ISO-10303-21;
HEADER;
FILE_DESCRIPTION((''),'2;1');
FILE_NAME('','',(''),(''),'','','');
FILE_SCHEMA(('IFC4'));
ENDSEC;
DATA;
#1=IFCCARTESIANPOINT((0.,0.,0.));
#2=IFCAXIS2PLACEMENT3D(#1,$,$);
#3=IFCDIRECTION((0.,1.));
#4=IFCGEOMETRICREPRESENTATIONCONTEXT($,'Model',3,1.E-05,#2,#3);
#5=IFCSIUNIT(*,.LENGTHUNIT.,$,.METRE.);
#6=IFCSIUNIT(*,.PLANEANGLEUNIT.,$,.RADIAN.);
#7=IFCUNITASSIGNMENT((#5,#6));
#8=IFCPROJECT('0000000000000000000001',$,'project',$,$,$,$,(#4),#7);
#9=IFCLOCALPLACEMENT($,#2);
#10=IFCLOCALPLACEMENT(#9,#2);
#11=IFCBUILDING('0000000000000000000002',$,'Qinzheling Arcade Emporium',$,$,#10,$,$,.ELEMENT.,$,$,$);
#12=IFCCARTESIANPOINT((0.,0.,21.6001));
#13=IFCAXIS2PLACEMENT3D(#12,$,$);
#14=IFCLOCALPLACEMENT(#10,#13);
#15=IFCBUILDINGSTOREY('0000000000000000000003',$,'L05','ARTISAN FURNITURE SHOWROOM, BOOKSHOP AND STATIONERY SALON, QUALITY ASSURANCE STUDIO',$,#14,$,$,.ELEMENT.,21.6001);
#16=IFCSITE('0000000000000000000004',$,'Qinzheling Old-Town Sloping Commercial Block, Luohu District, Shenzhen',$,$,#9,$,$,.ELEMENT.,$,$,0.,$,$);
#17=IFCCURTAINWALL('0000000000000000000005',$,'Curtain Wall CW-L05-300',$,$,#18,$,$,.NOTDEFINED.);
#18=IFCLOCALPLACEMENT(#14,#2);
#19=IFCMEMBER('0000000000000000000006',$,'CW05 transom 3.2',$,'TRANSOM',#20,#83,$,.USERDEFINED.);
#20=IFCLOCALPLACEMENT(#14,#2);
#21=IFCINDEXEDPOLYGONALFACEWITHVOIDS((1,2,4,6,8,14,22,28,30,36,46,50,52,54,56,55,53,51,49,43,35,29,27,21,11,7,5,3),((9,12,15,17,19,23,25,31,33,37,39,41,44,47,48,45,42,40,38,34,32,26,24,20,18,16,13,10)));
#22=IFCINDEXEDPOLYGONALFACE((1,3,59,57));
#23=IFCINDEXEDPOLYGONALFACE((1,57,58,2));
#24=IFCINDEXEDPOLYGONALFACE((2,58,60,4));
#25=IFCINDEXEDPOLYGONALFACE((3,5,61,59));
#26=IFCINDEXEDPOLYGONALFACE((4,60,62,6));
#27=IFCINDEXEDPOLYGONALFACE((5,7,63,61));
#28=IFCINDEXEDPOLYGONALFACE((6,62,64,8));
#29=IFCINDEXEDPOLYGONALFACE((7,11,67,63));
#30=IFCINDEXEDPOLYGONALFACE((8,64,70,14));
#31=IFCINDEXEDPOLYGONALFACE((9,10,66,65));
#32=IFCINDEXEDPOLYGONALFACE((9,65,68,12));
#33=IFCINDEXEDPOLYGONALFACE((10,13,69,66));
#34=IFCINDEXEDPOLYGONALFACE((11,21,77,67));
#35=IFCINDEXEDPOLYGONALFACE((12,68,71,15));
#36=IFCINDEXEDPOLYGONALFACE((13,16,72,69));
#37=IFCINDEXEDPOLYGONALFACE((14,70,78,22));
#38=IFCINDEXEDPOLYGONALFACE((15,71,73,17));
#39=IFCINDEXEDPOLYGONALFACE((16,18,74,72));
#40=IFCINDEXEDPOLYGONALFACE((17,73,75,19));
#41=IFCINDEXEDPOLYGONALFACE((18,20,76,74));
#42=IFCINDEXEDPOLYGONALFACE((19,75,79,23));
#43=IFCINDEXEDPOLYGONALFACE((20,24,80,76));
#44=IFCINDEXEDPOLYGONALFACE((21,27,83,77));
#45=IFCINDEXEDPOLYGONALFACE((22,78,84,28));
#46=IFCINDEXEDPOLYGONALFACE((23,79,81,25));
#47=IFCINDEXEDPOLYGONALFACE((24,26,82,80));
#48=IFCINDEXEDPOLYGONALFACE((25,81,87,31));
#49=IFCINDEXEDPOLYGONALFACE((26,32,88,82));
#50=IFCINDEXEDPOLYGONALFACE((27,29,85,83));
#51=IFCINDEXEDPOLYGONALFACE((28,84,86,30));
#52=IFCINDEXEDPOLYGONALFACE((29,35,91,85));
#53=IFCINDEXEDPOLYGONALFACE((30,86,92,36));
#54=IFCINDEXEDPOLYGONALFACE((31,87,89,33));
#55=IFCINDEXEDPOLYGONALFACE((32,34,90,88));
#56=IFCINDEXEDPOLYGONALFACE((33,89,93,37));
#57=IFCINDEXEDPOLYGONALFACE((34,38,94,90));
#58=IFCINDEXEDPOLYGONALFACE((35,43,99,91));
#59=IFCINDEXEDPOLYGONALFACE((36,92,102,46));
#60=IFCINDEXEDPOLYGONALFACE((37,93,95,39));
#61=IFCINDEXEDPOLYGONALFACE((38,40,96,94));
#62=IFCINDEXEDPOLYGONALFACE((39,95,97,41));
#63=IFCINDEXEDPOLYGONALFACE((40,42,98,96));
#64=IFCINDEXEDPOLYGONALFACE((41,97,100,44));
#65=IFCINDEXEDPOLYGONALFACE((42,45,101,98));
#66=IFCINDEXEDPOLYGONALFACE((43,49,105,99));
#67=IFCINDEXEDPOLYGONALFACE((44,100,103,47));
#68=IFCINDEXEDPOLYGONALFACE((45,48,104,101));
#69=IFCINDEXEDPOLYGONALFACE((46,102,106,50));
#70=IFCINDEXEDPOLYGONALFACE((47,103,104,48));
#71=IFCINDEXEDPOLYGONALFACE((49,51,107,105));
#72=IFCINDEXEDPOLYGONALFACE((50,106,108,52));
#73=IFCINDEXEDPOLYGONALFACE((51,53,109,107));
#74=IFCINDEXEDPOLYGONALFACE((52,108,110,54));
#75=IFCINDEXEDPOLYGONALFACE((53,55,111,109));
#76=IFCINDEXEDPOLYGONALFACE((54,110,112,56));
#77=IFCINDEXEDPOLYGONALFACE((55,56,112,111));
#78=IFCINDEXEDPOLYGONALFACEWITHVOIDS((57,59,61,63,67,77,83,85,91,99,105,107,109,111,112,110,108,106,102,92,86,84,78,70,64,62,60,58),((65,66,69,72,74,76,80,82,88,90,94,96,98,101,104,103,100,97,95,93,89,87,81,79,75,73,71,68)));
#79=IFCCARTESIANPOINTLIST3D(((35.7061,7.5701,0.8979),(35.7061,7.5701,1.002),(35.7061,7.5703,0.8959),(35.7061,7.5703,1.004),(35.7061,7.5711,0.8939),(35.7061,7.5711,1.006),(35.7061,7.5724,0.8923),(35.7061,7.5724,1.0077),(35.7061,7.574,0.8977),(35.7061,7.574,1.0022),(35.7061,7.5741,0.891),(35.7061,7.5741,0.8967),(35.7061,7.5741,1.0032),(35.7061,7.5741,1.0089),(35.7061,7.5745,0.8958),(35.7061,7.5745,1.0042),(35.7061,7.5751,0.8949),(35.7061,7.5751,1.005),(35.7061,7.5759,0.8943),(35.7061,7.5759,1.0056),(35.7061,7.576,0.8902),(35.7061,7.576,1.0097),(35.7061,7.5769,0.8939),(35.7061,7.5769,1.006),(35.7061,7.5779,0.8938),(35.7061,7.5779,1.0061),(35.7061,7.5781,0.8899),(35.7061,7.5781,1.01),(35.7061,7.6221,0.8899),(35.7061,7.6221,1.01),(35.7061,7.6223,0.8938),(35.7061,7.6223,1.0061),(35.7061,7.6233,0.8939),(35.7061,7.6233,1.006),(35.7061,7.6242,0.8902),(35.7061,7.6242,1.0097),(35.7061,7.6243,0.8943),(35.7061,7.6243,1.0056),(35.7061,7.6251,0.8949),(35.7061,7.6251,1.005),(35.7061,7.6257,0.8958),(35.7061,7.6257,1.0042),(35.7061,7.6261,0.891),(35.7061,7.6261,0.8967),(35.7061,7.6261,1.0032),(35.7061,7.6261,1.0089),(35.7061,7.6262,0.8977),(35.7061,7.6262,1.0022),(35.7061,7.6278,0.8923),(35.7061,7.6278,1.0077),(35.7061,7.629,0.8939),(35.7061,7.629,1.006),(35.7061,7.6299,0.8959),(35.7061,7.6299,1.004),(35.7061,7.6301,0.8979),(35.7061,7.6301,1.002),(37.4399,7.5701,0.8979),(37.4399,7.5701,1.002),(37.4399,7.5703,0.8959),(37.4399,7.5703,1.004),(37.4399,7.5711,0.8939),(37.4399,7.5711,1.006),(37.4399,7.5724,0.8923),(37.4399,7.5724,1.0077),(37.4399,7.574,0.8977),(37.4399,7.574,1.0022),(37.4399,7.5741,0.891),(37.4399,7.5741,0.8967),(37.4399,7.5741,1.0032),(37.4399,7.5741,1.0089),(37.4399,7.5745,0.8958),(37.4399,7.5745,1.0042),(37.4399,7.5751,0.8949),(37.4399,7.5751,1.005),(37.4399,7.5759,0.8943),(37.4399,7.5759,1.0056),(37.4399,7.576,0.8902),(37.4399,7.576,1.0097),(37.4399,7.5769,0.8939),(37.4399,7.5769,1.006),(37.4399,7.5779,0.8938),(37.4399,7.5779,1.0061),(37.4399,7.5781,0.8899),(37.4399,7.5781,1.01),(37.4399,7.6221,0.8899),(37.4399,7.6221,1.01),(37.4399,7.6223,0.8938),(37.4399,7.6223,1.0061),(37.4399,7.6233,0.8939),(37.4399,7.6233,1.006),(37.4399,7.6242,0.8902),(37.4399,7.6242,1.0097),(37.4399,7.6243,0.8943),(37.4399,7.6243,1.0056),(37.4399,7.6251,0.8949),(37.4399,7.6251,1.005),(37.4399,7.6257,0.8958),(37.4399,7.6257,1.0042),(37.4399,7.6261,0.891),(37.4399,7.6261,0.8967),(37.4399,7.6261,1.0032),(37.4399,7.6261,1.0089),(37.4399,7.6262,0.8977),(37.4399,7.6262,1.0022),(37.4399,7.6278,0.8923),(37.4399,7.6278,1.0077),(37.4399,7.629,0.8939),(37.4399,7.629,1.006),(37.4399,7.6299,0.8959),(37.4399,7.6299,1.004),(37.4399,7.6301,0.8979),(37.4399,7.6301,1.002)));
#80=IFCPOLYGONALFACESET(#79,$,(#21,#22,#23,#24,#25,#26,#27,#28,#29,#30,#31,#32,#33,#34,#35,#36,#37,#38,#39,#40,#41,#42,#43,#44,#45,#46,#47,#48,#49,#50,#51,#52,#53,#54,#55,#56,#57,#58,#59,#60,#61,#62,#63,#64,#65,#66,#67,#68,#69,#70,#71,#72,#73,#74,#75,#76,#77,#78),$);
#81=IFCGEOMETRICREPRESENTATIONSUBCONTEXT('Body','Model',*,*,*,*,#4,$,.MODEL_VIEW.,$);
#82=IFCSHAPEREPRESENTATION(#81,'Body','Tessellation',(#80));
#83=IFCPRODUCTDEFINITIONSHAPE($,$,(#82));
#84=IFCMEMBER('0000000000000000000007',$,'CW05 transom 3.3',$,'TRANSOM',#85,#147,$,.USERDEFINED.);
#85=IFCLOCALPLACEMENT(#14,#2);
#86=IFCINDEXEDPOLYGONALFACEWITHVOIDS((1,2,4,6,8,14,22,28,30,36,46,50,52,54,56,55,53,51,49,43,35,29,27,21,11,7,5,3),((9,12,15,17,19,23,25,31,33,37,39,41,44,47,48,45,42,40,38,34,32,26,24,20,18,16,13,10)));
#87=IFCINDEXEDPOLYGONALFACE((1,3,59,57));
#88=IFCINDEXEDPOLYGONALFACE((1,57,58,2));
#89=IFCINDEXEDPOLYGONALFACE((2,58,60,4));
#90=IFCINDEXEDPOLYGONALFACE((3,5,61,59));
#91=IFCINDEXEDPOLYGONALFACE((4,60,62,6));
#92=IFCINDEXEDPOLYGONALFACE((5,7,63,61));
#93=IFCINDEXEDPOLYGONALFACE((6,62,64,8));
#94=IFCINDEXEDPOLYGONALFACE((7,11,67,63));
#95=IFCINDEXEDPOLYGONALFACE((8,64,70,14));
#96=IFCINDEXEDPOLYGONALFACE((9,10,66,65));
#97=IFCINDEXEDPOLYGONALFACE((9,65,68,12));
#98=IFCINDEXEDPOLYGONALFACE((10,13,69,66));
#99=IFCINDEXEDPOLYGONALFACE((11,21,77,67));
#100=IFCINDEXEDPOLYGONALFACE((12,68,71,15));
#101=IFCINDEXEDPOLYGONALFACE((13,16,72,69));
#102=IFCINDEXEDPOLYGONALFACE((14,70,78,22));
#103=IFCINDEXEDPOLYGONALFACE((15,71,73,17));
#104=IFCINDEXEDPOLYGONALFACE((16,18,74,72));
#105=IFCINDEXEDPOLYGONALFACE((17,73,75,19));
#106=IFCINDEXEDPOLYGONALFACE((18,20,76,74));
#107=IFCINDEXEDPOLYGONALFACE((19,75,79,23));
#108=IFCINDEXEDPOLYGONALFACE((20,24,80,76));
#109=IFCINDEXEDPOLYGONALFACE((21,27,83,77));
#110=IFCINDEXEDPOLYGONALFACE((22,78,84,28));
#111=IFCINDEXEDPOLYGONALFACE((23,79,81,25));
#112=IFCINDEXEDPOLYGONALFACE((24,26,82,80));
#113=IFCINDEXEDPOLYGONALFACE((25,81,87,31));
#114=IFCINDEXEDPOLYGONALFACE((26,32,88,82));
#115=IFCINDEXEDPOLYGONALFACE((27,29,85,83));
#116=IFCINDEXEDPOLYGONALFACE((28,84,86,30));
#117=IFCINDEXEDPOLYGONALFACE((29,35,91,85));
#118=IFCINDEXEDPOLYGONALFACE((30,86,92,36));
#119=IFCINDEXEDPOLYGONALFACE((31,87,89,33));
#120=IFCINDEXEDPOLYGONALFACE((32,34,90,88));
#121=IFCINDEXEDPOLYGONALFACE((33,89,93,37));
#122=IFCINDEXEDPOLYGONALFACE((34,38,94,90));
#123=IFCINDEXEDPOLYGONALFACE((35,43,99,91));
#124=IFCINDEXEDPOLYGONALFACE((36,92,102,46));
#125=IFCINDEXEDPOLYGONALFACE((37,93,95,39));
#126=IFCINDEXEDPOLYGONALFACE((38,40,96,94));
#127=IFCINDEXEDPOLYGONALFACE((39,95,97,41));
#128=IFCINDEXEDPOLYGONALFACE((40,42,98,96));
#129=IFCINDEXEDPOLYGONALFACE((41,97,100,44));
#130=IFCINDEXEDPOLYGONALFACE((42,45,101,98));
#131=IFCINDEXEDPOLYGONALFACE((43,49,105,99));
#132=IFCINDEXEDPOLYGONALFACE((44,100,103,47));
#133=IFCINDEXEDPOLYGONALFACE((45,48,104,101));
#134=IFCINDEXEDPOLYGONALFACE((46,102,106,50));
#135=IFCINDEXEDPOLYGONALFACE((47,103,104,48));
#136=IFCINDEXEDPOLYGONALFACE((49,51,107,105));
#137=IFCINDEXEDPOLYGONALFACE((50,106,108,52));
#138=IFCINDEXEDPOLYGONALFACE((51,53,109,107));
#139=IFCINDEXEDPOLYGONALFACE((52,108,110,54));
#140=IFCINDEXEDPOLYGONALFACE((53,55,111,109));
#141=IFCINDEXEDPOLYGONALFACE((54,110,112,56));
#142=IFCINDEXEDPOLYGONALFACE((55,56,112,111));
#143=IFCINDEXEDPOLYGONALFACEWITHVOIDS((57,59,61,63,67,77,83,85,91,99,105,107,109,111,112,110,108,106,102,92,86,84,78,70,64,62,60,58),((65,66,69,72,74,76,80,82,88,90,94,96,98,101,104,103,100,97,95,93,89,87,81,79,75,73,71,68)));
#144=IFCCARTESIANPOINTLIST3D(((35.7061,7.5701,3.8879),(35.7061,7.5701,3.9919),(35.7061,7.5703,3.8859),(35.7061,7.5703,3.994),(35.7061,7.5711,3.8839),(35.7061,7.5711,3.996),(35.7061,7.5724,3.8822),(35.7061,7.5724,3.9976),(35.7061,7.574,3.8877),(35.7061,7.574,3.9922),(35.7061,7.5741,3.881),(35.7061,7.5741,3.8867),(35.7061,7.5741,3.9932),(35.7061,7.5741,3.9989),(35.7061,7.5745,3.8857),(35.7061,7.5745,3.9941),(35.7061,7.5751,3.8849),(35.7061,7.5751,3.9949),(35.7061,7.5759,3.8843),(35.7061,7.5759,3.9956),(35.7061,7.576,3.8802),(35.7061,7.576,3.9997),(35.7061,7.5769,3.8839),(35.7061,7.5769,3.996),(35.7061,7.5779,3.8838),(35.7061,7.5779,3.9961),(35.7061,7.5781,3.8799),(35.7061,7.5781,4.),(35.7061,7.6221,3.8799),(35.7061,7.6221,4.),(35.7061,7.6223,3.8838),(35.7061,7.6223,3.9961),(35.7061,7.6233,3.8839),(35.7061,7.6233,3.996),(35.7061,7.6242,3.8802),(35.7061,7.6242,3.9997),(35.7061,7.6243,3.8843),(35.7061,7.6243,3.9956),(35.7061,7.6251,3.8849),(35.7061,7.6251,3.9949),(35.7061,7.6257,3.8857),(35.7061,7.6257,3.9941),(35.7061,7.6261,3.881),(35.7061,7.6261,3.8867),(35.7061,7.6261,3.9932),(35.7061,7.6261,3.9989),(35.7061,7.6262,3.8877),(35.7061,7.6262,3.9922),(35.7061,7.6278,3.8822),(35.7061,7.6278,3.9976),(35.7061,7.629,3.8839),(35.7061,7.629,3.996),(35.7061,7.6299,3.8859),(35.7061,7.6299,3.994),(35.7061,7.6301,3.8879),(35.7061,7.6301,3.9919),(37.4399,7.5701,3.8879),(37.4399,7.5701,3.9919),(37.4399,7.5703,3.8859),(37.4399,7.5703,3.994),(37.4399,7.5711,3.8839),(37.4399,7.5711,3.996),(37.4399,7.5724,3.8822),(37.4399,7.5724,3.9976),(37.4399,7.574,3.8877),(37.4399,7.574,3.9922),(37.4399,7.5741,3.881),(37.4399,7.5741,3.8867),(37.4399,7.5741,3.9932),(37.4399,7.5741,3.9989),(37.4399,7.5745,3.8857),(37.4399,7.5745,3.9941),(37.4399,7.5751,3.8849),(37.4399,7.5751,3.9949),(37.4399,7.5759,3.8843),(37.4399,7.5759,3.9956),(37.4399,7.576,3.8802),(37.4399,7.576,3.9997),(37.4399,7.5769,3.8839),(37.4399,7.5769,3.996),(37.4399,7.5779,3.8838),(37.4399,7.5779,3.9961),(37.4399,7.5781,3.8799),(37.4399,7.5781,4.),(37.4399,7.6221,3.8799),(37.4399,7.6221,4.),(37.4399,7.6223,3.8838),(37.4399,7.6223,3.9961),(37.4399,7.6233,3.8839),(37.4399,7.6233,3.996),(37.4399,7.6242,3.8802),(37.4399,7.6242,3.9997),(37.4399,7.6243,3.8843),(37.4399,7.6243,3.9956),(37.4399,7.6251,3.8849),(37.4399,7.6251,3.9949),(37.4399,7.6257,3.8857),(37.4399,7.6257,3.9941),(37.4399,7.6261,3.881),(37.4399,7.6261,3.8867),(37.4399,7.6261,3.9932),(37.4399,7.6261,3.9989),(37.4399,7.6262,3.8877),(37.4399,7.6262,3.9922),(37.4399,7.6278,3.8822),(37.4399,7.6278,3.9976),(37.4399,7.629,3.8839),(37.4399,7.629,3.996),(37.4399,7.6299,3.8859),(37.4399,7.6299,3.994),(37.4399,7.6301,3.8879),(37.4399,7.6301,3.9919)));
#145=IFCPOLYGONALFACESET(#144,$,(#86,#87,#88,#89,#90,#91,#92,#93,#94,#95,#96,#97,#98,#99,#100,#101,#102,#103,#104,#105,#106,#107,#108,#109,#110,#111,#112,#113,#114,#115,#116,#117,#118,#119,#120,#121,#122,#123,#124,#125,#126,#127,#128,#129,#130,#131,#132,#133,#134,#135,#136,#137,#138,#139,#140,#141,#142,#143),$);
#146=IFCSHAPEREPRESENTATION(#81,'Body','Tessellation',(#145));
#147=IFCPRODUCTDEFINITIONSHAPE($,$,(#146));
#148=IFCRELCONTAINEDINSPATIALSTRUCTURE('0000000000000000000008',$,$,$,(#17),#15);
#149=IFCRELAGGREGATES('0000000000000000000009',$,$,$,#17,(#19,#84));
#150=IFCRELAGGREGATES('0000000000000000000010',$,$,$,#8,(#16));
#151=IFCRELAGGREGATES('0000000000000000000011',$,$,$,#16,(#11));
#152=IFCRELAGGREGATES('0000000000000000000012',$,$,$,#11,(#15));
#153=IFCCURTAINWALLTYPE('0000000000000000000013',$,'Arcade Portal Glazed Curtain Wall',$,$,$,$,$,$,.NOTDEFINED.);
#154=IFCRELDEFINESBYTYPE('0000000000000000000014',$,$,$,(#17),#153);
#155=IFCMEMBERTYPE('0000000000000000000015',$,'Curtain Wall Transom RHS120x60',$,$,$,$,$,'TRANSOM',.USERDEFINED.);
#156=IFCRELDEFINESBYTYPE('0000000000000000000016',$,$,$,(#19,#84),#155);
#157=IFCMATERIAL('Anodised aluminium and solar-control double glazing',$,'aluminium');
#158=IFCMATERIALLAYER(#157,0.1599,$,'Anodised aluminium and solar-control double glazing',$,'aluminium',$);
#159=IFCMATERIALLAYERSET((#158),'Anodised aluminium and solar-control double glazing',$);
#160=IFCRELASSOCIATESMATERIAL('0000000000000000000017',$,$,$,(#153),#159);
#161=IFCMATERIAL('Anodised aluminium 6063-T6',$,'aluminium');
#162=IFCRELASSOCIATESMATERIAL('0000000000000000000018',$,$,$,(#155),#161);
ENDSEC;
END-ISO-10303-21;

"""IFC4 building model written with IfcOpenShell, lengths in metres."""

from ifc_helpers import new_model, si_unit, direction, frame, origin, origin_2d, place, context, subcontext, project, spatial, hollow_rectangle, extrude, material, layer, layer_set, material_profile, profile_set, type_object, element, aggregate, save


model = new_model("IFC4")

# Units and contexts
model_context = context("Model", 3, precision=1e-05, world=origin(), true_north=direction((0.0, 1.0)))
body_context = subcontext(model_context, "Body", "Model", "MODEL_VIEW")
ifc_project = project(units=[si_unit("LENGTHUNIT", "METRE"), si_unit("PLANEANGLEUNIT", "RADIAN")], contexts=[model_context])

# Site, building, storey
site_placement = place(None, origin())
site = spatial("IfcSite", under=ifc_project, at=site_placement, Name="Qinzheling Old-Town Sloping Commercial Block, Luohu District, Shenzhen", CompositionType="ELEMENT", RefElevation=0.0)
building_placement = place(site_placement, origin())
building = spatial("IfcBuilding", under=site, at=building_placement, Name="Qinzheling Arcade Emporium", CompositionType="ELEMENT")
storey_placement = place(building_placement, frame((0.0, 0.0, 21.6001)))
storey = spatial("IfcBuildingStorey", under=building, at=storey_placement, Name="L05", Description="ARTISAN FURNITURE SHOWROOM, BOOKSHOP AND STATIONERY SALON, QUALITY ASSURANCE STUDIO", CompositionType="ELEMENT", Elevation=21.6001)

# Shared definitions
ifc_material_1 = material(Name="Anodised aluminium and solar-control double glazing", Category="aluminium")
ifc_layer_1 = layer(ifc_material_1, 0.1599, Name="Anodised aluminium and solar-control double glazing", Category="aluminium")
ifc_layer_set_1 = layer_set([ifc_layer_1], Name="Anodised aluminium and solar-control double glazing")
curtain_wall_type = type_object("IfcCurtainWallType", Name="Arcade Portal Glazed Curtain Wall", PredefinedType="NOTDEFINED", material=ifc_layer_set_1)
ifc_material_2 = material(Name="Anodised aluminium 6063-T6", Category="aluminium")

# Curtain wall, members
curtain_wall_1_placement = place(storey_placement, origin())
curtain_wall_1 = element("IfcCurtainWall", 1, at=curtain_wall_1_placement, inside=storey, type_object=curtain_wall_type, Name="Curtain Wall CW-L05-300", PredefinedType="NOTDEFINED")
ifc_material_profile_1 = material_profile(ifc_material_2, hollow_rectangle(XDim=0.0601, YDim=0.1201, WallThickness=0.0039, InnerFilletRadius=0.0039, OuterFilletRadius=0.0081, at=origin_2d()), Name="RHS 120x60x4", Category="aluminium")
ifc_profile_set_1 = profile_set([ifc_material_profile_1], Name="Anodised aluminium 6063-T6")
member_type_1 = type_object("IfcMemberType", Name="Curtain Wall Transom RHS120x60", ElementType="TRANSOM", PredefinedType="USERDEFINED", material=ifc_profile_set_1)
member_1_placement = place(storey_placement, frame((37.4399, 7.6001, 0.95), z_axis=(-1.0, 0.0, 0.0), x_axis=(0.0, -1.0, 0.0)))
member_1 = element("IfcMember", 2, at=member_1_placement, type_object=member_type_1, Name="CW05 transom 3.2", ObjectType="TRANSOM", PredefinedType="USERDEFINED", context=body_context, shape_type="SweptSolid", body=[
    extrude(hollow_rectangle(XDim=0.0601, YDim=0.1201, WallThickness=0.0039, InnerFilletRadius=0.0039, OuterFilletRadius=0.0081, at=origin_2d()), origin(), (0.0, 0.0, 1.0), 1.7339),
])
member_2_placement = place(storey_placement, frame((37.4399, 7.6001, 3.9399), z_axis=(-1.0, 0.0, 0.0), x_axis=(0.0, -1.0, 0.0)))
member_2 = element("IfcMember", 3, at=member_2_placement, type_object=member_type_1, Name="CW05 transom 3.3", ObjectType="TRANSOM", PredefinedType="USERDEFINED", context=body_context, shape_type="SweptSolid", body=[
    extrude(hollow_rectangle(XDim=0.0601, YDim=0.1201, WallThickness=0.0039, InnerFilletRadius=0.0039, OuterFilletRadius=0.0081, at=origin_2d()), origin(), (0.0, 0.0, 1.0), 1.7339),
])
aggregate(curtain_wall_1, [member_1, member_2])

save(model, "model.ifc")
